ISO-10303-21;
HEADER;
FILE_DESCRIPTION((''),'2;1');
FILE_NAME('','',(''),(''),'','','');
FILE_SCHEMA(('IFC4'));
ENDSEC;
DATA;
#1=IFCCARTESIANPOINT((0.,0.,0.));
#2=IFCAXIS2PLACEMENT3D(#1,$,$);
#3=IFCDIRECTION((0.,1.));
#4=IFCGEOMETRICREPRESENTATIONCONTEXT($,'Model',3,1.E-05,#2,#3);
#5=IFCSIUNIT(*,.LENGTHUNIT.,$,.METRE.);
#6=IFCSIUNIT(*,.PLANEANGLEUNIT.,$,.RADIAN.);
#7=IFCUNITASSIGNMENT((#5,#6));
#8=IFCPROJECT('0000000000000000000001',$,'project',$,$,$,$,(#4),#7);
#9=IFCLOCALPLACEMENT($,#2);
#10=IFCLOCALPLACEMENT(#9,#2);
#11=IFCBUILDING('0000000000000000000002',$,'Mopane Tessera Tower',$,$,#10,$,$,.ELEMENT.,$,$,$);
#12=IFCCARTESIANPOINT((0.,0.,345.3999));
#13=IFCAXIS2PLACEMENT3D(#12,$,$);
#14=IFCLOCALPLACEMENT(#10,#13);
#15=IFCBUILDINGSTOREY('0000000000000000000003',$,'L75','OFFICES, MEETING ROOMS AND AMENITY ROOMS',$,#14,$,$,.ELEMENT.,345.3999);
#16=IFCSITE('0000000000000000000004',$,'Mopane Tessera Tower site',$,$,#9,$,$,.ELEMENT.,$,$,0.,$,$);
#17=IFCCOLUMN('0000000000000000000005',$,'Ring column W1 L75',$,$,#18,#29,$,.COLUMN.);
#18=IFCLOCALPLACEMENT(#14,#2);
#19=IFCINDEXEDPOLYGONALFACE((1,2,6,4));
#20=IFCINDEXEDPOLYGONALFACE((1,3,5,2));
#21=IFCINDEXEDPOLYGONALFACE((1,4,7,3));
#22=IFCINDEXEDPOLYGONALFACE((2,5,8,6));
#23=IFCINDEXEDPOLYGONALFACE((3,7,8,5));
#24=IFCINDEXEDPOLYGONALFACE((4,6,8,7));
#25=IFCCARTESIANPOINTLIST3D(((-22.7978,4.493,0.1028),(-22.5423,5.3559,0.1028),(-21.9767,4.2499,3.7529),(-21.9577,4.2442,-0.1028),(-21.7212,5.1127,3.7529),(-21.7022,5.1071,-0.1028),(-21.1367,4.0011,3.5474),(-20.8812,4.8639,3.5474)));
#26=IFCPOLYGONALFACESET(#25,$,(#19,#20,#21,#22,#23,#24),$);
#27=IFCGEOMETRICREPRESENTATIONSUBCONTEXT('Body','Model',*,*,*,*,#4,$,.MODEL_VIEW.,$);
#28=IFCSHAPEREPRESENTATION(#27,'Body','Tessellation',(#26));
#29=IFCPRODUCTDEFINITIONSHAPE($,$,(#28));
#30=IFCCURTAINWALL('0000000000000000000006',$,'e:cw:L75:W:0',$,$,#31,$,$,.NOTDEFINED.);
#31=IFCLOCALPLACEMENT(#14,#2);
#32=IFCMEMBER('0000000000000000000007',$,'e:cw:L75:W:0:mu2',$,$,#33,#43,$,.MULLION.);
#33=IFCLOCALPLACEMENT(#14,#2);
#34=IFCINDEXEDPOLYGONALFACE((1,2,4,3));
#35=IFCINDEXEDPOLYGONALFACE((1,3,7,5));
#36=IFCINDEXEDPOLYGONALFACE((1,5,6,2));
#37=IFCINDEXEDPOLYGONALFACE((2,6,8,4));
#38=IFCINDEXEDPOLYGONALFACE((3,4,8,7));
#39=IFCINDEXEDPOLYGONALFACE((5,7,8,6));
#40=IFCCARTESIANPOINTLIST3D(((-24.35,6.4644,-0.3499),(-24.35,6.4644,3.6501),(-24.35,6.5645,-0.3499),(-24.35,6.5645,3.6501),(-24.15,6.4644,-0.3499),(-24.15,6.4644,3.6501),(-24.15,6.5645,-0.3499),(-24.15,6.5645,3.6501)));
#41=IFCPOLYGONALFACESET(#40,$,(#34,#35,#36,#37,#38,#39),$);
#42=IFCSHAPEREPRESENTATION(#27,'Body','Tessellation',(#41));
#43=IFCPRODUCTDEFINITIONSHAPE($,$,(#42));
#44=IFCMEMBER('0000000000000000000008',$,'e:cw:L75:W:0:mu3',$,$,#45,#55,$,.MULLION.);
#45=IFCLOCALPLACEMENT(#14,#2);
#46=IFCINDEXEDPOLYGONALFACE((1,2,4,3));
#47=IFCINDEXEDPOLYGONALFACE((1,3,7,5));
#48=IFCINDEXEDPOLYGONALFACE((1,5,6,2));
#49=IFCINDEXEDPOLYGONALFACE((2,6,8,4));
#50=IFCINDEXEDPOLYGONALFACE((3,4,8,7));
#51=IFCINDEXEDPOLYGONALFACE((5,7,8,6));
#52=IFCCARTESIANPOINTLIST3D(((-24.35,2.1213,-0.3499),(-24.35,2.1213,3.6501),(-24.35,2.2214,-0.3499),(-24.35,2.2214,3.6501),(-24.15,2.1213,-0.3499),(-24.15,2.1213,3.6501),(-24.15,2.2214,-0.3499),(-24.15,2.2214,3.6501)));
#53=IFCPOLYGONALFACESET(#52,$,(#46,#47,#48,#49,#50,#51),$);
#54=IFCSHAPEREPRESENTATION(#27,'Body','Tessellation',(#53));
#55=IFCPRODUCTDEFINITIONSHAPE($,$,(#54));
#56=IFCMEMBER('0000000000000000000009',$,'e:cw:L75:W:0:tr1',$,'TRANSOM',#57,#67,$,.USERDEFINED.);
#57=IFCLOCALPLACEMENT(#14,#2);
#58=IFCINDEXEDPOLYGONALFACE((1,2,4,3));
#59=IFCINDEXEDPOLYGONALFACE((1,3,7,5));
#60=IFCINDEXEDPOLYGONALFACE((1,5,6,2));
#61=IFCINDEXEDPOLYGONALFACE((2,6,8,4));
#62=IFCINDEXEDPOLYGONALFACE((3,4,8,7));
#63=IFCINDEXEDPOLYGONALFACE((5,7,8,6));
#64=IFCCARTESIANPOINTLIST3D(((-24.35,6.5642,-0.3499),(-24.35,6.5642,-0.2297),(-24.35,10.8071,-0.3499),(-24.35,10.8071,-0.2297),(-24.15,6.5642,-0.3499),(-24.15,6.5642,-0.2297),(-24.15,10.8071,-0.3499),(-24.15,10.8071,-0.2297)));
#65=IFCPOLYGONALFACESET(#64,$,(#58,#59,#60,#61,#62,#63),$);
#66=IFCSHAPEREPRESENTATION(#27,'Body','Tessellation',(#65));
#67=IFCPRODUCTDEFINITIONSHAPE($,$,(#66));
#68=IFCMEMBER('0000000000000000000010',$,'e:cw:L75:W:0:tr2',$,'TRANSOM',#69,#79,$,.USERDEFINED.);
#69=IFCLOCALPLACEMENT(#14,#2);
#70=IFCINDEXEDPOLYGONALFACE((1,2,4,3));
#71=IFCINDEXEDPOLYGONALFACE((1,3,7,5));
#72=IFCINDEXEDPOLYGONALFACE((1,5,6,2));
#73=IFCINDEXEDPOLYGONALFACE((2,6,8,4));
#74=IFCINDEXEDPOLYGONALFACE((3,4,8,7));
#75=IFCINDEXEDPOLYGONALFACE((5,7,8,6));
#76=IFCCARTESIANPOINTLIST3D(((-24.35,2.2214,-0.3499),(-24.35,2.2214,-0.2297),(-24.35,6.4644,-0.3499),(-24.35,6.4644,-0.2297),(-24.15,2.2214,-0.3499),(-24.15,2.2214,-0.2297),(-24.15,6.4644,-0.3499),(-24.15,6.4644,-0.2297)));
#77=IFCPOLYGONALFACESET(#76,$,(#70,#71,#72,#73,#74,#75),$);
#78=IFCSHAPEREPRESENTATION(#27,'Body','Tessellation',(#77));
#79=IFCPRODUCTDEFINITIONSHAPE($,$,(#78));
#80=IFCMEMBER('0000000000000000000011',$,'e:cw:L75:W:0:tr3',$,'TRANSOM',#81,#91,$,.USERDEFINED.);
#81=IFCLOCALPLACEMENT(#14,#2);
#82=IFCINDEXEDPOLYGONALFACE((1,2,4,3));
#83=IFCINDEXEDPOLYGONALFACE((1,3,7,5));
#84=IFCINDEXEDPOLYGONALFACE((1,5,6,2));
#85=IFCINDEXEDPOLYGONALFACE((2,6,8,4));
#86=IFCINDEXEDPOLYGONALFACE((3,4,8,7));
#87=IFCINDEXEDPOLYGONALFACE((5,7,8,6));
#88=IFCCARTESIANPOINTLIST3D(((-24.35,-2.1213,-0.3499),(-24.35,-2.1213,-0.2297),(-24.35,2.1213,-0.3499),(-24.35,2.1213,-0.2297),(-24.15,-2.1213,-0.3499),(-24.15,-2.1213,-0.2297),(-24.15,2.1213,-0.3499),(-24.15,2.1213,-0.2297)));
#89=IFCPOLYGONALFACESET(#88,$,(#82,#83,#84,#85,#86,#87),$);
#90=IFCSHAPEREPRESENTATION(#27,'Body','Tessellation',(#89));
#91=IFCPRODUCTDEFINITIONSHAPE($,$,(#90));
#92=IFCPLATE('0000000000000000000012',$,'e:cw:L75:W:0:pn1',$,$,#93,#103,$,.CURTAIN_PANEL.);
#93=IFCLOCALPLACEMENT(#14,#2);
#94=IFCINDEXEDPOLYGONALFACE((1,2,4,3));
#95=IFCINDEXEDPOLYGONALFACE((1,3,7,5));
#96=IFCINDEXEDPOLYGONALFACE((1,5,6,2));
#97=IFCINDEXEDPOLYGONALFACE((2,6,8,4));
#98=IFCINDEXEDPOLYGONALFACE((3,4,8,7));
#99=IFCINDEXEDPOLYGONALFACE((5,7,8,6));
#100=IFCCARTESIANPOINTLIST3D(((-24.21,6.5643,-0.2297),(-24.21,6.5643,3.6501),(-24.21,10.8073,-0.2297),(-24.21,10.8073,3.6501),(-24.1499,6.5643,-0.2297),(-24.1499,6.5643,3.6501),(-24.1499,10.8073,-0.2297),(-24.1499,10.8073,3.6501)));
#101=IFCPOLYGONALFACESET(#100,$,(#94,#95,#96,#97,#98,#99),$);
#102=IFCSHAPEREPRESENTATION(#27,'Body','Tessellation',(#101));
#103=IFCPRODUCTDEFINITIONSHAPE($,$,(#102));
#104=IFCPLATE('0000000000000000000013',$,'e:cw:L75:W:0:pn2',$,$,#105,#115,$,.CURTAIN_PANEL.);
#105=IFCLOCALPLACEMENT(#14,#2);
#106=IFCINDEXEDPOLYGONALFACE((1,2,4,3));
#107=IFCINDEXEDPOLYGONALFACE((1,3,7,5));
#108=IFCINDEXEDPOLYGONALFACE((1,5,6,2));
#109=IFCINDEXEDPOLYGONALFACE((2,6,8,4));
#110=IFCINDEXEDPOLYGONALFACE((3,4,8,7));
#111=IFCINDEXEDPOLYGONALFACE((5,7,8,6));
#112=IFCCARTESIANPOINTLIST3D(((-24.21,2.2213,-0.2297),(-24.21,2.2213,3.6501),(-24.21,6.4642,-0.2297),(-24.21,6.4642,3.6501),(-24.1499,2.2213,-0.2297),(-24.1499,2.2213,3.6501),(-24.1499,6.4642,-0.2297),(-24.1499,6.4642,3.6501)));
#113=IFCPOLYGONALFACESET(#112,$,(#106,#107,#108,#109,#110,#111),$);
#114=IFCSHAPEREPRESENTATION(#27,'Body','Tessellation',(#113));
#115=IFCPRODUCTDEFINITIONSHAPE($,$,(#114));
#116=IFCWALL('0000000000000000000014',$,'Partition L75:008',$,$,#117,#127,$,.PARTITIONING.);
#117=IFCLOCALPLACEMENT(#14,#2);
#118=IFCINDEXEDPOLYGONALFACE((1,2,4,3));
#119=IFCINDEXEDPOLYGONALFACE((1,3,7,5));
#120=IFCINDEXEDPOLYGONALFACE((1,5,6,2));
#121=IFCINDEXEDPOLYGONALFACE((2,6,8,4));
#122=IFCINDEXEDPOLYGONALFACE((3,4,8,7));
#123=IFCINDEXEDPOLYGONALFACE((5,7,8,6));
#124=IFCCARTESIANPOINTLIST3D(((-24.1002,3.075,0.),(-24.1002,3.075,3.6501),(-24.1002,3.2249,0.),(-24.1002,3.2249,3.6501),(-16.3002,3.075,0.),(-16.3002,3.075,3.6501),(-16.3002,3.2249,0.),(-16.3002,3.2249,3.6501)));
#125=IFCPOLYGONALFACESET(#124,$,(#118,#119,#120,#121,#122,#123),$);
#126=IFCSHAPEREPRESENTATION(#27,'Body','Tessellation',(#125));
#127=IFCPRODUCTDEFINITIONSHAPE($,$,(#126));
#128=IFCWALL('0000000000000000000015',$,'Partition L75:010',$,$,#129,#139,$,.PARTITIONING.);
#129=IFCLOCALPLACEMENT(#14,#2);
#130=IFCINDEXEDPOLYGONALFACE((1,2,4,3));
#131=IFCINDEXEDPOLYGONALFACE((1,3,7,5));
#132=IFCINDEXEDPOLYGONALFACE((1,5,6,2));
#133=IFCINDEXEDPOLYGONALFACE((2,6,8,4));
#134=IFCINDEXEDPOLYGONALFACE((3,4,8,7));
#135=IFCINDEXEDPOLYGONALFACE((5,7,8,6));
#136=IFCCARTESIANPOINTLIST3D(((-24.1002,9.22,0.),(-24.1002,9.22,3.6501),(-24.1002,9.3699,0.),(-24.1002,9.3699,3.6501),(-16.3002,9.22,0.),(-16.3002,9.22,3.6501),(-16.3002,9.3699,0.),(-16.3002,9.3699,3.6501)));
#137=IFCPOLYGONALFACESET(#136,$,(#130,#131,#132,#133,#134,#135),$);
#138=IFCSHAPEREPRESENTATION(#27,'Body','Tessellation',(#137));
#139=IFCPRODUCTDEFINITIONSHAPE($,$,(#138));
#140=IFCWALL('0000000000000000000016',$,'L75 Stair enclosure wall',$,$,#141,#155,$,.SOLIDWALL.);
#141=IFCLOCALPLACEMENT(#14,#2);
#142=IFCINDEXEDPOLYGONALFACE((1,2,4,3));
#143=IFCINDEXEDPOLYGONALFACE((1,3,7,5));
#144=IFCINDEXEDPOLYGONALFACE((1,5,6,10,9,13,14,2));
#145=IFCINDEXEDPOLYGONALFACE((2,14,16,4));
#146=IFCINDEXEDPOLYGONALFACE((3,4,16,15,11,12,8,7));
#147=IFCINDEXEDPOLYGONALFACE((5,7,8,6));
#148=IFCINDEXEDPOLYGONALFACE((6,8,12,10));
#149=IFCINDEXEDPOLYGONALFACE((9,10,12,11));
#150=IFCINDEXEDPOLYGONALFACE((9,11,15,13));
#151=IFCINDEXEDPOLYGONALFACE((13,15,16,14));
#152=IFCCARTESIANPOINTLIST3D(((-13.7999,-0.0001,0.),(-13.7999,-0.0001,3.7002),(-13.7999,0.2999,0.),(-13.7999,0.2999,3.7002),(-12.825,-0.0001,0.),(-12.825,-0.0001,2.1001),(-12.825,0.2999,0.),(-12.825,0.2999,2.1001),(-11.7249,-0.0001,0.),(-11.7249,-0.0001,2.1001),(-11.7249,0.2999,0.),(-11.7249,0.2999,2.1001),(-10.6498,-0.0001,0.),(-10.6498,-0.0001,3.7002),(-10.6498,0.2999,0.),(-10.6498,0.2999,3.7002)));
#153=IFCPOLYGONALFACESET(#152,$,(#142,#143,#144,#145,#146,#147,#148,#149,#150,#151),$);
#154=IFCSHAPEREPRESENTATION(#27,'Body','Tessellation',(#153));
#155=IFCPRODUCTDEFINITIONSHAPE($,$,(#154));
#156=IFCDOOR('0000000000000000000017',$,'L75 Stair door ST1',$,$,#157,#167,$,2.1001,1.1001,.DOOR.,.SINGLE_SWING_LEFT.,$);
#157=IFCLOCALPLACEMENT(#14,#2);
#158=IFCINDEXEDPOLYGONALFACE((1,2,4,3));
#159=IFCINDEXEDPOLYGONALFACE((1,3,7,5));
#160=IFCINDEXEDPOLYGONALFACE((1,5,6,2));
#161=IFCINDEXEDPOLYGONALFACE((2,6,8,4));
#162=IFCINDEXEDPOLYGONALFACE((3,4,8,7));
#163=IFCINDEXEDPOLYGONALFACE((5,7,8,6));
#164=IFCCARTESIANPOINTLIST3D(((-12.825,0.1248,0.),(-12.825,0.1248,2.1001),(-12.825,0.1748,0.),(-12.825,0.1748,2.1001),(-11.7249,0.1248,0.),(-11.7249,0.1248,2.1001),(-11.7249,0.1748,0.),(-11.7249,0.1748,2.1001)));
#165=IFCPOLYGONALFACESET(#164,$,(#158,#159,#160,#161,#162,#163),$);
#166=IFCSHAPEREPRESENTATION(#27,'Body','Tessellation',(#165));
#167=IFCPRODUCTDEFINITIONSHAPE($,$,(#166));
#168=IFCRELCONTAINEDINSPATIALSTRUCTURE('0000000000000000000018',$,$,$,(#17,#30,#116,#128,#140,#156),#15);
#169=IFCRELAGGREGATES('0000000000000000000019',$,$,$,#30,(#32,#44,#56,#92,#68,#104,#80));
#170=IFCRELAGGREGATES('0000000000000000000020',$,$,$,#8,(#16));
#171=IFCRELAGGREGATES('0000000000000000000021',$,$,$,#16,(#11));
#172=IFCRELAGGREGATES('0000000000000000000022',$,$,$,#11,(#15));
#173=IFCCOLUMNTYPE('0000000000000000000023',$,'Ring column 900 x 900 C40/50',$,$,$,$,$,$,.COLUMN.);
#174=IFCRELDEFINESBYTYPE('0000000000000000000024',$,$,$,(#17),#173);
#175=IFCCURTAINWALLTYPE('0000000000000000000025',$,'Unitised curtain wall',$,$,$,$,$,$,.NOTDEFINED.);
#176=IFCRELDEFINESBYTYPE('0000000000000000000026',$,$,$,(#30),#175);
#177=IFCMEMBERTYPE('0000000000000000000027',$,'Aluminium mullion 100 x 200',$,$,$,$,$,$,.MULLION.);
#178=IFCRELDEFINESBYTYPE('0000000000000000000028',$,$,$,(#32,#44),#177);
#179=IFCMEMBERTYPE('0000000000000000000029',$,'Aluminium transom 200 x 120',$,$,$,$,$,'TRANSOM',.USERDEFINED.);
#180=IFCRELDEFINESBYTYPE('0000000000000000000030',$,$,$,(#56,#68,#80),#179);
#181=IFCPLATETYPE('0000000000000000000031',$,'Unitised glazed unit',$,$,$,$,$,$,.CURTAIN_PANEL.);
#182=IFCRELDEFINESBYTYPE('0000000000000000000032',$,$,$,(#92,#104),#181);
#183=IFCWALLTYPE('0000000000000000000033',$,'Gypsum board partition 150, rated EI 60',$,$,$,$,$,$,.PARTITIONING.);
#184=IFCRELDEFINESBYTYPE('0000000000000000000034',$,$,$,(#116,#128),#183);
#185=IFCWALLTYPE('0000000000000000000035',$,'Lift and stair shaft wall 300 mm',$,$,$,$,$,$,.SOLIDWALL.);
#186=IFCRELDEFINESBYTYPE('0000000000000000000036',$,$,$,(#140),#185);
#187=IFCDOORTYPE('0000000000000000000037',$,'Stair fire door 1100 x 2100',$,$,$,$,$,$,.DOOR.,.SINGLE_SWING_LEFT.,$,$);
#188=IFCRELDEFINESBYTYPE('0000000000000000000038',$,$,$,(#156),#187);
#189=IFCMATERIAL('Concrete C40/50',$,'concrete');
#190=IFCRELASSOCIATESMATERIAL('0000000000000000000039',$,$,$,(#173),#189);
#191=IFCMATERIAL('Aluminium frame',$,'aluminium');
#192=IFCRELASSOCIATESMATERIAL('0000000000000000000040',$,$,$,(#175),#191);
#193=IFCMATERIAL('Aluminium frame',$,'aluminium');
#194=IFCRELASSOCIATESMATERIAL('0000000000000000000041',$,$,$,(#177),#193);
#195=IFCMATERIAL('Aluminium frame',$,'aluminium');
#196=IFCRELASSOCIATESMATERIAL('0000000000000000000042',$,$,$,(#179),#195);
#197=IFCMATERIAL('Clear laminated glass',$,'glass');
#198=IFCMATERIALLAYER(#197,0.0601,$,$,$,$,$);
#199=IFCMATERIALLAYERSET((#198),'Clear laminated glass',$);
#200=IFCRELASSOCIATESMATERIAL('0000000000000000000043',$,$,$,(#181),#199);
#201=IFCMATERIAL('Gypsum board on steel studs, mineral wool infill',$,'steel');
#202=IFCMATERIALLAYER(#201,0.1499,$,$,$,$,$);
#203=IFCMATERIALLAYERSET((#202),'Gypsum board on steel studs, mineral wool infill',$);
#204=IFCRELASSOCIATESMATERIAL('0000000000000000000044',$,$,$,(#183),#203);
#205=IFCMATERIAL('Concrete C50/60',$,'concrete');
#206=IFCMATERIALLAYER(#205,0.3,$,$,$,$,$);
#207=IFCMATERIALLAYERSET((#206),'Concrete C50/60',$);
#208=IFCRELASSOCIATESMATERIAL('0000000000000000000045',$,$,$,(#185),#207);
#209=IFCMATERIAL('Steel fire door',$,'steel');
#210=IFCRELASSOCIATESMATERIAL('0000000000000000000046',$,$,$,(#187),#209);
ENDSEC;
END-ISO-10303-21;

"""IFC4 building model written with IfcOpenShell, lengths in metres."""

from ifc_helpers import new_model, si_unit, direction, frame, frame_2d, origin, origin_2d, place, context, subcontext, project, spatial, rectangle, extrude, material, layer, layer_set, material_profile, profile_set, type_object, element, fill, aggregate, save


model = new_model("IFC4")

# Units and contexts
model_context = context("Model", 3, precision=1e-05, world=origin(), true_north=direction((0.0, 1.0)))
body_context = subcontext(model_context, "Body", "Model", "MODEL_VIEW")
ifc_project = project(units=[si_unit("LENGTHUNIT", "METRE"), si_unit("PLANEANGLEUNIT", "RADIAN")], contexts=[model_context])

# Site, building, storey
site_placement = place(None, origin())
site = spatial("IfcSite", under=ifc_project, at=site_placement, Name="Mopane Tessera Tower site", CompositionType="ELEMENT", RefElevation=0.0)
building_placement = place(site_placement, origin())
building = spatial("IfcBuilding", under=site, at=building_placement, Name="Mopane Tessera Tower", CompositionType="ELEMENT")
storey_placement = place(building_placement, frame((0.0, 0.0, 345.3999)))
storey = spatial("IfcBuildingStorey", under=building, at=storey_placement, Name="L75", Description="OFFICES, MEETING ROOMS AND AMENITY ROOMS", CompositionType="ELEMENT", Elevation=345.3999)

# Column
ifc_material_1 = material(Name="Concrete C40/50", Category="concrete")
ifc_material_profile_1 = material_profile(ifc_material_1, rectangle(XDim=0.8999, YDim=0.8999, at=origin_2d()))
ifc_profile_set_1 = profile_set([ifc_material_profile_1], Name="Concrete C40/50")
column_type = type_object("IfcColumnType", Name="Ring column 900 x 900 C40/50", PredefinedType="COLUMN", material=ifc_profile_set_1)
column_placement = place(storey_placement, frame((-22.25, 4.8, 0.0), z_axis=(0.21899, -0.064857, 0.973569), x_axis=(0.283972, 0.958833, 0.0)))
element("IfcColumn", 1, at=column_placement, inside=storey, type_object=column_type, Name="Ring column W1 L75", PredefinedType="COLUMN", context=body_context, shape_type="SweptSolid", body=[
    extrude(rectangle(XDim=0.8999, YDim=0.8999, at=origin_2d()), origin(), (0.0, 0.0, 1.0), 3.7493),
])

# Curtain wall, members, plates
ifc_material_2 = material(Name="Aluminium frame", Category="aluminium")
curtain_wall_type = type_object("IfcCurtainWallType", Name="Unitised curtain wall", PredefinedType="NOTDEFINED", material=ifc_material_2)
curtain_wall_placement = place(storey_placement, origin())
curtain_wall = element("IfcCurtainWall", 2, at=curtain_wall_placement, inside=storey, type_object=curtain_wall_type, Name="e:cw:L75:W:0", PredefinedType="NOTDEFINED")
ifc_material_3 = material(Name="Aluminium frame", Category="aluminium")
ifc_material_profile_2 = material_profile(ifc_material_3, rectangle(XDim=0.1001, YDim=0.2, at=origin_2d()))
ifc_profile_set_2 = profile_set([ifc_material_profile_2], Name="Aluminium frame")
member_type_1 = type_object("IfcMemberType", Name="Aluminium mullion 100 x 200", PredefinedType="MULLION", material=ifc_profile_set_2)
member_1_placement = place(storey_placement, frame((-24.25, 6.5144, -0.3499), z_axis=(0.0, 0.0, 1.0), x_axis=(0.0, -1.0, 0.0)))
member_1 = element("IfcMember", 3, at=member_1_placement, type_object=member_type_1, Name="e:cw:L75:W:0:mu2", PredefinedType="MULLION", context=body_context, shape_type="SweptSolid", body=[
    extrude(rectangle(XDim=0.1001, YDim=0.2, at=origin_2d()), origin(), (0.0, 0.0, 1.0), 4.0),
])
member_2_placement = place(storey_placement, frame((-24.25, 2.1714, -0.3499), z_axis=(0.0, 0.0, 1.0), x_axis=(0.0, -1.0, 0.0)))
member_2 = element("IfcMember", 4, at=member_2_placement, type_object=member_type_1, Name="e:cw:L75:W:0:mu3", PredefinedType="MULLION", context=body_context, shape_type="SweptSolid", body=[
    extrude(rectangle(XDim=0.1001, YDim=0.2, at=origin_2d()), origin(), (0.0, 0.0, 1.0), 4.0),
])
ifc_material_4 = material(Name="Aluminium frame", Category="aluminium")
ifc_material_profile_3 = material_profile(ifc_material_4, rectangle(XDim=0.2, YDim=0.1201, at=origin_2d()))
ifc_profile_set_3 = profile_set([ifc_material_profile_3], Name="Aluminium frame")
member_type_2 = type_object("IfcMemberType", Name="Aluminium transom 200 x 120", ElementType="TRANSOM", PredefinedType="USERDEFINED", material=ifc_profile_set_3)
member_3_placement = place(storey_placement, frame((-24.25, 10.8071, -0.2898), z_axis=(0.0, -1.0, 0.0), x_axis=(1.0, 0.0, 0.0)))
member_3 = element("IfcMember", 5, at=member_3_placement, type_object=member_type_2, Name="e:cw:L75:W:0:tr1", ObjectType="TRANSOM", PredefinedType="USERDEFINED", context=body_context, shape_type="SweptSolid", body=[
    extrude(rectangle(XDim=0.2, YDim=0.1201, at=origin_2d()), origin(), (0.0, 0.0, 1.0), 4.2429),
])
member_4_placement = place(storey_placement, frame((-24.25, 6.4644, -0.2898), z_axis=(0.0, -1.0, 0.0), x_axis=(1.0, 0.0, 0.0)))
member_4 = element("IfcMember", 6, at=member_4_placement, type_object=member_type_2, Name="e:cw:L75:W:0:tr2", ObjectType="TRANSOM", PredefinedType="USERDEFINED", context=body_context, shape_type="SweptSolid", body=[
    extrude(rectangle(XDim=0.2, YDim=0.1201, at=origin_2d()), origin(), (0.0, 0.0, 1.0), 4.2429),
])
member_5_placement = place(storey_placement, frame((-24.25, 2.1213, -0.2898), z_axis=(0.0, -1.0, 0.0), x_axis=(1.0, 0.0, 0.0)))
member_5 = element("IfcMember", 7, at=member_5_placement, type_object=member_type_2, Name="e:cw:L75:W:0:tr3", ObjectType="TRANSOM", PredefinedType="USERDEFINED", context=body_context, shape_type="SweptSolid", body=[
    extrude(rectangle(XDim=0.2, YDim=0.1201, at=origin_2d()), origin(), (0.0, 0.0, 1.0), 4.2427),
])
ifc_material_5 = material(Name="Clear laminated glass", Category="glass")
ifc_layer_1 = layer(ifc_material_5, 0.0601)
ifc_layer_set_1 = layer_set([ifc_layer_1], Name="Clear laminated glass")
plate_type = type_object("IfcPlateType", Name="Unitised glazed unit", PredefinedType="CURTAIN_PANEL", material=ifc_layer_set_1)
plate_1_placement = place(storey_placement, frame((-24.1799, 8.6858, -0.2297), z_axis=(0.0, 0.0, 1.0), x_axis=(0.0, -1.0, 0.0)))
plate_1 = element("IfcPlate", 8, at=plate_1_placement, type_object=plate_type, Name="e:cw:L75:W:0:pn1", PredefinedType="CURTAIN_PANEL", context=body_context, shape_type="SweptSolid", body=[
    extrude(rectangle(XDim=4.2429, YDim=0.0601, at=origin_2d()), origin(), (0.0, 0.0, 1.0), 3.8799),
])
plate_2_placement = place(storey_placement, frame((-24.1799, 4.3428, -0.2297), z_axis=(0.0, 0.0, 1.0), x_axis=(0.0, -1.0, 0.0)))
plate_2 = element("IfcPlate", 9, at=plate_2_placement, type_object=plate_type, Name="e:cw:L75:W:0:pn2", PredefinedType="CURTAIN_PANEL", context=body_context, shape_type="SweptSolid", body=[
    extrude(rectangle(XDim=4.2429, YDim=0.0601, at=origin_2d()), origin(), (0.0, 0.0, 1.0), 3.8799),
])
aggregate(curtain_wall, [member_1, member_2, member_3, plate_1, member_4, plate_2, member_5])

# Walls
ifc_material_6 = material(Name="Gypsum board on steel studs, mineral wool infill", Category="steel")
ifc_layer_2 = layer(ifc_material_6, 0.1499)
ifc_layer_set_2 = layer_set([ifc_layer_2], Name="Gypsum board on steel studs, mineral wool infill")
wall_type_1 = type_object("IfcWallType", Name="Gypsum board partition 150, rated EI 60", PredefinedType="PARTITIONING", material=ifc_layer_set_2)
for number, where, z_axis, x_axis, name in (
    (10, (-24.1001, 3.1499, 0.0), (0.0, 0.0, 1.0), (1.0, 0.0, 0.0), "Partition L75:008"),
    (11, (-24.1001, 9.2949, 0.0), (0.0, 0.0, 1.0), (1.0, 0.0, 0.0), "Partition L75:010"),
):
    element("IfcWall", number, at=place(storey_placement, frame(where, z_axis=z_axis, x_axis=x_axis)), inside=storey, type_object=wall_type_1, Name=name, PredefinedType="PARTITIONING", context=body_context, shape_type="SweptSolid", body=[
        extrude(rectangle(XDim=7.8, YDim=0.1499, at=frame_2d((3.8999, 0.0))), origin(), (0.0, 0.0, 1.0), 3.6501),
    ])

# Wall, opening, door
ifc_material_7 = material(Name="Concrete C50/60", Category="concrete")
ifc_layer_3 = layer(ifc_material_7, 0.3)
ifc_layer_set_3 = layer_set([ifc_layer_3], Name="Concrete C50/60")
wall_type_2 = type_object("IfcWallType", Name="Lift and stair shaft wall 300 mm", PredefinedType="SOLIDWALL", material=ifc_layer_set_3)
wall_1_placement = place(storey_placement, frame((-13.8, 0.1499, 0.0), z_axis=(0.0, 0.0, 1.0), x_axis=(1.0, 0.0, 0.0)))
wall_1 = element("IfcWall", 12, at=wall_1_placement, inside=storey, type_object=wall_type_2, Name="L75 Stair enclosure wall", PredefinedType="SOLIDWALL", context=body_context, shape_type="SweptSolid", body=[
    extrude(rectangle(XDim=3.1501, YDim=0.3, at=frame_2d((1.5752, 0.0))), origin(), (0.0, 0.0, 1.0), 3.7002),
])
opening_1_placement = place(wall_1_placement, frame((0.9751, 0.0, 0.0)))
opening_1 = element("IfcOpeningElement", 13, at=opening_1_placement, cuts=wall_1, PredefinedType="OPENING", context=body_context, shape_type="SweptSolid", body=[
    extrude(rectangle(XDim=1.1001, YDim=2.1001, at=frame_2d((0.55, 1.05))), frame((0.0, 0.1621, 0.0), z_axis=(0.0, -1.0, 0.0), x_axis=(1.0, 0.0, 0.0)), (0.0, 0.0, 1.0), 0.324),
])
ifc_material_8 = material(Name="Steel fire door", Category="steel")
door_type = type_object("IfcDoorType", Name="Stair fire door 1100 x 2100", OperationType="SINGLE_SWING_LEFT", PredefinedType="DOOR", material=ifc_material_8)
door_1_placement = place(opening_1_placement, origin())
door_1 = element("IfcDoor", 14, at=door_1_placement, inside=storey, type_object=door_type, Name="L75 Stair door ST1", OperationType="SINGLE_SWING_LEFT", OverallHeight=2.1001, OverallWidth=1.1001, PredefinedType="DOOR", context=body_context, shape_type="SweptSolid", body=[
    extrude(rectangle(XDim=1.1001, YDim=2.1001, at=frame_2d((0.55, 1.05))), frame((0.0, 0.0249, 0.0), z_axis=(0.0, -1.0, 0.0), x_axis=(1.0, 0.0, 0.0)), (0.0, 0.0, 1.0), 0.05),
])
fill(opening_1, door_1)

save(model, "model.ifc")
